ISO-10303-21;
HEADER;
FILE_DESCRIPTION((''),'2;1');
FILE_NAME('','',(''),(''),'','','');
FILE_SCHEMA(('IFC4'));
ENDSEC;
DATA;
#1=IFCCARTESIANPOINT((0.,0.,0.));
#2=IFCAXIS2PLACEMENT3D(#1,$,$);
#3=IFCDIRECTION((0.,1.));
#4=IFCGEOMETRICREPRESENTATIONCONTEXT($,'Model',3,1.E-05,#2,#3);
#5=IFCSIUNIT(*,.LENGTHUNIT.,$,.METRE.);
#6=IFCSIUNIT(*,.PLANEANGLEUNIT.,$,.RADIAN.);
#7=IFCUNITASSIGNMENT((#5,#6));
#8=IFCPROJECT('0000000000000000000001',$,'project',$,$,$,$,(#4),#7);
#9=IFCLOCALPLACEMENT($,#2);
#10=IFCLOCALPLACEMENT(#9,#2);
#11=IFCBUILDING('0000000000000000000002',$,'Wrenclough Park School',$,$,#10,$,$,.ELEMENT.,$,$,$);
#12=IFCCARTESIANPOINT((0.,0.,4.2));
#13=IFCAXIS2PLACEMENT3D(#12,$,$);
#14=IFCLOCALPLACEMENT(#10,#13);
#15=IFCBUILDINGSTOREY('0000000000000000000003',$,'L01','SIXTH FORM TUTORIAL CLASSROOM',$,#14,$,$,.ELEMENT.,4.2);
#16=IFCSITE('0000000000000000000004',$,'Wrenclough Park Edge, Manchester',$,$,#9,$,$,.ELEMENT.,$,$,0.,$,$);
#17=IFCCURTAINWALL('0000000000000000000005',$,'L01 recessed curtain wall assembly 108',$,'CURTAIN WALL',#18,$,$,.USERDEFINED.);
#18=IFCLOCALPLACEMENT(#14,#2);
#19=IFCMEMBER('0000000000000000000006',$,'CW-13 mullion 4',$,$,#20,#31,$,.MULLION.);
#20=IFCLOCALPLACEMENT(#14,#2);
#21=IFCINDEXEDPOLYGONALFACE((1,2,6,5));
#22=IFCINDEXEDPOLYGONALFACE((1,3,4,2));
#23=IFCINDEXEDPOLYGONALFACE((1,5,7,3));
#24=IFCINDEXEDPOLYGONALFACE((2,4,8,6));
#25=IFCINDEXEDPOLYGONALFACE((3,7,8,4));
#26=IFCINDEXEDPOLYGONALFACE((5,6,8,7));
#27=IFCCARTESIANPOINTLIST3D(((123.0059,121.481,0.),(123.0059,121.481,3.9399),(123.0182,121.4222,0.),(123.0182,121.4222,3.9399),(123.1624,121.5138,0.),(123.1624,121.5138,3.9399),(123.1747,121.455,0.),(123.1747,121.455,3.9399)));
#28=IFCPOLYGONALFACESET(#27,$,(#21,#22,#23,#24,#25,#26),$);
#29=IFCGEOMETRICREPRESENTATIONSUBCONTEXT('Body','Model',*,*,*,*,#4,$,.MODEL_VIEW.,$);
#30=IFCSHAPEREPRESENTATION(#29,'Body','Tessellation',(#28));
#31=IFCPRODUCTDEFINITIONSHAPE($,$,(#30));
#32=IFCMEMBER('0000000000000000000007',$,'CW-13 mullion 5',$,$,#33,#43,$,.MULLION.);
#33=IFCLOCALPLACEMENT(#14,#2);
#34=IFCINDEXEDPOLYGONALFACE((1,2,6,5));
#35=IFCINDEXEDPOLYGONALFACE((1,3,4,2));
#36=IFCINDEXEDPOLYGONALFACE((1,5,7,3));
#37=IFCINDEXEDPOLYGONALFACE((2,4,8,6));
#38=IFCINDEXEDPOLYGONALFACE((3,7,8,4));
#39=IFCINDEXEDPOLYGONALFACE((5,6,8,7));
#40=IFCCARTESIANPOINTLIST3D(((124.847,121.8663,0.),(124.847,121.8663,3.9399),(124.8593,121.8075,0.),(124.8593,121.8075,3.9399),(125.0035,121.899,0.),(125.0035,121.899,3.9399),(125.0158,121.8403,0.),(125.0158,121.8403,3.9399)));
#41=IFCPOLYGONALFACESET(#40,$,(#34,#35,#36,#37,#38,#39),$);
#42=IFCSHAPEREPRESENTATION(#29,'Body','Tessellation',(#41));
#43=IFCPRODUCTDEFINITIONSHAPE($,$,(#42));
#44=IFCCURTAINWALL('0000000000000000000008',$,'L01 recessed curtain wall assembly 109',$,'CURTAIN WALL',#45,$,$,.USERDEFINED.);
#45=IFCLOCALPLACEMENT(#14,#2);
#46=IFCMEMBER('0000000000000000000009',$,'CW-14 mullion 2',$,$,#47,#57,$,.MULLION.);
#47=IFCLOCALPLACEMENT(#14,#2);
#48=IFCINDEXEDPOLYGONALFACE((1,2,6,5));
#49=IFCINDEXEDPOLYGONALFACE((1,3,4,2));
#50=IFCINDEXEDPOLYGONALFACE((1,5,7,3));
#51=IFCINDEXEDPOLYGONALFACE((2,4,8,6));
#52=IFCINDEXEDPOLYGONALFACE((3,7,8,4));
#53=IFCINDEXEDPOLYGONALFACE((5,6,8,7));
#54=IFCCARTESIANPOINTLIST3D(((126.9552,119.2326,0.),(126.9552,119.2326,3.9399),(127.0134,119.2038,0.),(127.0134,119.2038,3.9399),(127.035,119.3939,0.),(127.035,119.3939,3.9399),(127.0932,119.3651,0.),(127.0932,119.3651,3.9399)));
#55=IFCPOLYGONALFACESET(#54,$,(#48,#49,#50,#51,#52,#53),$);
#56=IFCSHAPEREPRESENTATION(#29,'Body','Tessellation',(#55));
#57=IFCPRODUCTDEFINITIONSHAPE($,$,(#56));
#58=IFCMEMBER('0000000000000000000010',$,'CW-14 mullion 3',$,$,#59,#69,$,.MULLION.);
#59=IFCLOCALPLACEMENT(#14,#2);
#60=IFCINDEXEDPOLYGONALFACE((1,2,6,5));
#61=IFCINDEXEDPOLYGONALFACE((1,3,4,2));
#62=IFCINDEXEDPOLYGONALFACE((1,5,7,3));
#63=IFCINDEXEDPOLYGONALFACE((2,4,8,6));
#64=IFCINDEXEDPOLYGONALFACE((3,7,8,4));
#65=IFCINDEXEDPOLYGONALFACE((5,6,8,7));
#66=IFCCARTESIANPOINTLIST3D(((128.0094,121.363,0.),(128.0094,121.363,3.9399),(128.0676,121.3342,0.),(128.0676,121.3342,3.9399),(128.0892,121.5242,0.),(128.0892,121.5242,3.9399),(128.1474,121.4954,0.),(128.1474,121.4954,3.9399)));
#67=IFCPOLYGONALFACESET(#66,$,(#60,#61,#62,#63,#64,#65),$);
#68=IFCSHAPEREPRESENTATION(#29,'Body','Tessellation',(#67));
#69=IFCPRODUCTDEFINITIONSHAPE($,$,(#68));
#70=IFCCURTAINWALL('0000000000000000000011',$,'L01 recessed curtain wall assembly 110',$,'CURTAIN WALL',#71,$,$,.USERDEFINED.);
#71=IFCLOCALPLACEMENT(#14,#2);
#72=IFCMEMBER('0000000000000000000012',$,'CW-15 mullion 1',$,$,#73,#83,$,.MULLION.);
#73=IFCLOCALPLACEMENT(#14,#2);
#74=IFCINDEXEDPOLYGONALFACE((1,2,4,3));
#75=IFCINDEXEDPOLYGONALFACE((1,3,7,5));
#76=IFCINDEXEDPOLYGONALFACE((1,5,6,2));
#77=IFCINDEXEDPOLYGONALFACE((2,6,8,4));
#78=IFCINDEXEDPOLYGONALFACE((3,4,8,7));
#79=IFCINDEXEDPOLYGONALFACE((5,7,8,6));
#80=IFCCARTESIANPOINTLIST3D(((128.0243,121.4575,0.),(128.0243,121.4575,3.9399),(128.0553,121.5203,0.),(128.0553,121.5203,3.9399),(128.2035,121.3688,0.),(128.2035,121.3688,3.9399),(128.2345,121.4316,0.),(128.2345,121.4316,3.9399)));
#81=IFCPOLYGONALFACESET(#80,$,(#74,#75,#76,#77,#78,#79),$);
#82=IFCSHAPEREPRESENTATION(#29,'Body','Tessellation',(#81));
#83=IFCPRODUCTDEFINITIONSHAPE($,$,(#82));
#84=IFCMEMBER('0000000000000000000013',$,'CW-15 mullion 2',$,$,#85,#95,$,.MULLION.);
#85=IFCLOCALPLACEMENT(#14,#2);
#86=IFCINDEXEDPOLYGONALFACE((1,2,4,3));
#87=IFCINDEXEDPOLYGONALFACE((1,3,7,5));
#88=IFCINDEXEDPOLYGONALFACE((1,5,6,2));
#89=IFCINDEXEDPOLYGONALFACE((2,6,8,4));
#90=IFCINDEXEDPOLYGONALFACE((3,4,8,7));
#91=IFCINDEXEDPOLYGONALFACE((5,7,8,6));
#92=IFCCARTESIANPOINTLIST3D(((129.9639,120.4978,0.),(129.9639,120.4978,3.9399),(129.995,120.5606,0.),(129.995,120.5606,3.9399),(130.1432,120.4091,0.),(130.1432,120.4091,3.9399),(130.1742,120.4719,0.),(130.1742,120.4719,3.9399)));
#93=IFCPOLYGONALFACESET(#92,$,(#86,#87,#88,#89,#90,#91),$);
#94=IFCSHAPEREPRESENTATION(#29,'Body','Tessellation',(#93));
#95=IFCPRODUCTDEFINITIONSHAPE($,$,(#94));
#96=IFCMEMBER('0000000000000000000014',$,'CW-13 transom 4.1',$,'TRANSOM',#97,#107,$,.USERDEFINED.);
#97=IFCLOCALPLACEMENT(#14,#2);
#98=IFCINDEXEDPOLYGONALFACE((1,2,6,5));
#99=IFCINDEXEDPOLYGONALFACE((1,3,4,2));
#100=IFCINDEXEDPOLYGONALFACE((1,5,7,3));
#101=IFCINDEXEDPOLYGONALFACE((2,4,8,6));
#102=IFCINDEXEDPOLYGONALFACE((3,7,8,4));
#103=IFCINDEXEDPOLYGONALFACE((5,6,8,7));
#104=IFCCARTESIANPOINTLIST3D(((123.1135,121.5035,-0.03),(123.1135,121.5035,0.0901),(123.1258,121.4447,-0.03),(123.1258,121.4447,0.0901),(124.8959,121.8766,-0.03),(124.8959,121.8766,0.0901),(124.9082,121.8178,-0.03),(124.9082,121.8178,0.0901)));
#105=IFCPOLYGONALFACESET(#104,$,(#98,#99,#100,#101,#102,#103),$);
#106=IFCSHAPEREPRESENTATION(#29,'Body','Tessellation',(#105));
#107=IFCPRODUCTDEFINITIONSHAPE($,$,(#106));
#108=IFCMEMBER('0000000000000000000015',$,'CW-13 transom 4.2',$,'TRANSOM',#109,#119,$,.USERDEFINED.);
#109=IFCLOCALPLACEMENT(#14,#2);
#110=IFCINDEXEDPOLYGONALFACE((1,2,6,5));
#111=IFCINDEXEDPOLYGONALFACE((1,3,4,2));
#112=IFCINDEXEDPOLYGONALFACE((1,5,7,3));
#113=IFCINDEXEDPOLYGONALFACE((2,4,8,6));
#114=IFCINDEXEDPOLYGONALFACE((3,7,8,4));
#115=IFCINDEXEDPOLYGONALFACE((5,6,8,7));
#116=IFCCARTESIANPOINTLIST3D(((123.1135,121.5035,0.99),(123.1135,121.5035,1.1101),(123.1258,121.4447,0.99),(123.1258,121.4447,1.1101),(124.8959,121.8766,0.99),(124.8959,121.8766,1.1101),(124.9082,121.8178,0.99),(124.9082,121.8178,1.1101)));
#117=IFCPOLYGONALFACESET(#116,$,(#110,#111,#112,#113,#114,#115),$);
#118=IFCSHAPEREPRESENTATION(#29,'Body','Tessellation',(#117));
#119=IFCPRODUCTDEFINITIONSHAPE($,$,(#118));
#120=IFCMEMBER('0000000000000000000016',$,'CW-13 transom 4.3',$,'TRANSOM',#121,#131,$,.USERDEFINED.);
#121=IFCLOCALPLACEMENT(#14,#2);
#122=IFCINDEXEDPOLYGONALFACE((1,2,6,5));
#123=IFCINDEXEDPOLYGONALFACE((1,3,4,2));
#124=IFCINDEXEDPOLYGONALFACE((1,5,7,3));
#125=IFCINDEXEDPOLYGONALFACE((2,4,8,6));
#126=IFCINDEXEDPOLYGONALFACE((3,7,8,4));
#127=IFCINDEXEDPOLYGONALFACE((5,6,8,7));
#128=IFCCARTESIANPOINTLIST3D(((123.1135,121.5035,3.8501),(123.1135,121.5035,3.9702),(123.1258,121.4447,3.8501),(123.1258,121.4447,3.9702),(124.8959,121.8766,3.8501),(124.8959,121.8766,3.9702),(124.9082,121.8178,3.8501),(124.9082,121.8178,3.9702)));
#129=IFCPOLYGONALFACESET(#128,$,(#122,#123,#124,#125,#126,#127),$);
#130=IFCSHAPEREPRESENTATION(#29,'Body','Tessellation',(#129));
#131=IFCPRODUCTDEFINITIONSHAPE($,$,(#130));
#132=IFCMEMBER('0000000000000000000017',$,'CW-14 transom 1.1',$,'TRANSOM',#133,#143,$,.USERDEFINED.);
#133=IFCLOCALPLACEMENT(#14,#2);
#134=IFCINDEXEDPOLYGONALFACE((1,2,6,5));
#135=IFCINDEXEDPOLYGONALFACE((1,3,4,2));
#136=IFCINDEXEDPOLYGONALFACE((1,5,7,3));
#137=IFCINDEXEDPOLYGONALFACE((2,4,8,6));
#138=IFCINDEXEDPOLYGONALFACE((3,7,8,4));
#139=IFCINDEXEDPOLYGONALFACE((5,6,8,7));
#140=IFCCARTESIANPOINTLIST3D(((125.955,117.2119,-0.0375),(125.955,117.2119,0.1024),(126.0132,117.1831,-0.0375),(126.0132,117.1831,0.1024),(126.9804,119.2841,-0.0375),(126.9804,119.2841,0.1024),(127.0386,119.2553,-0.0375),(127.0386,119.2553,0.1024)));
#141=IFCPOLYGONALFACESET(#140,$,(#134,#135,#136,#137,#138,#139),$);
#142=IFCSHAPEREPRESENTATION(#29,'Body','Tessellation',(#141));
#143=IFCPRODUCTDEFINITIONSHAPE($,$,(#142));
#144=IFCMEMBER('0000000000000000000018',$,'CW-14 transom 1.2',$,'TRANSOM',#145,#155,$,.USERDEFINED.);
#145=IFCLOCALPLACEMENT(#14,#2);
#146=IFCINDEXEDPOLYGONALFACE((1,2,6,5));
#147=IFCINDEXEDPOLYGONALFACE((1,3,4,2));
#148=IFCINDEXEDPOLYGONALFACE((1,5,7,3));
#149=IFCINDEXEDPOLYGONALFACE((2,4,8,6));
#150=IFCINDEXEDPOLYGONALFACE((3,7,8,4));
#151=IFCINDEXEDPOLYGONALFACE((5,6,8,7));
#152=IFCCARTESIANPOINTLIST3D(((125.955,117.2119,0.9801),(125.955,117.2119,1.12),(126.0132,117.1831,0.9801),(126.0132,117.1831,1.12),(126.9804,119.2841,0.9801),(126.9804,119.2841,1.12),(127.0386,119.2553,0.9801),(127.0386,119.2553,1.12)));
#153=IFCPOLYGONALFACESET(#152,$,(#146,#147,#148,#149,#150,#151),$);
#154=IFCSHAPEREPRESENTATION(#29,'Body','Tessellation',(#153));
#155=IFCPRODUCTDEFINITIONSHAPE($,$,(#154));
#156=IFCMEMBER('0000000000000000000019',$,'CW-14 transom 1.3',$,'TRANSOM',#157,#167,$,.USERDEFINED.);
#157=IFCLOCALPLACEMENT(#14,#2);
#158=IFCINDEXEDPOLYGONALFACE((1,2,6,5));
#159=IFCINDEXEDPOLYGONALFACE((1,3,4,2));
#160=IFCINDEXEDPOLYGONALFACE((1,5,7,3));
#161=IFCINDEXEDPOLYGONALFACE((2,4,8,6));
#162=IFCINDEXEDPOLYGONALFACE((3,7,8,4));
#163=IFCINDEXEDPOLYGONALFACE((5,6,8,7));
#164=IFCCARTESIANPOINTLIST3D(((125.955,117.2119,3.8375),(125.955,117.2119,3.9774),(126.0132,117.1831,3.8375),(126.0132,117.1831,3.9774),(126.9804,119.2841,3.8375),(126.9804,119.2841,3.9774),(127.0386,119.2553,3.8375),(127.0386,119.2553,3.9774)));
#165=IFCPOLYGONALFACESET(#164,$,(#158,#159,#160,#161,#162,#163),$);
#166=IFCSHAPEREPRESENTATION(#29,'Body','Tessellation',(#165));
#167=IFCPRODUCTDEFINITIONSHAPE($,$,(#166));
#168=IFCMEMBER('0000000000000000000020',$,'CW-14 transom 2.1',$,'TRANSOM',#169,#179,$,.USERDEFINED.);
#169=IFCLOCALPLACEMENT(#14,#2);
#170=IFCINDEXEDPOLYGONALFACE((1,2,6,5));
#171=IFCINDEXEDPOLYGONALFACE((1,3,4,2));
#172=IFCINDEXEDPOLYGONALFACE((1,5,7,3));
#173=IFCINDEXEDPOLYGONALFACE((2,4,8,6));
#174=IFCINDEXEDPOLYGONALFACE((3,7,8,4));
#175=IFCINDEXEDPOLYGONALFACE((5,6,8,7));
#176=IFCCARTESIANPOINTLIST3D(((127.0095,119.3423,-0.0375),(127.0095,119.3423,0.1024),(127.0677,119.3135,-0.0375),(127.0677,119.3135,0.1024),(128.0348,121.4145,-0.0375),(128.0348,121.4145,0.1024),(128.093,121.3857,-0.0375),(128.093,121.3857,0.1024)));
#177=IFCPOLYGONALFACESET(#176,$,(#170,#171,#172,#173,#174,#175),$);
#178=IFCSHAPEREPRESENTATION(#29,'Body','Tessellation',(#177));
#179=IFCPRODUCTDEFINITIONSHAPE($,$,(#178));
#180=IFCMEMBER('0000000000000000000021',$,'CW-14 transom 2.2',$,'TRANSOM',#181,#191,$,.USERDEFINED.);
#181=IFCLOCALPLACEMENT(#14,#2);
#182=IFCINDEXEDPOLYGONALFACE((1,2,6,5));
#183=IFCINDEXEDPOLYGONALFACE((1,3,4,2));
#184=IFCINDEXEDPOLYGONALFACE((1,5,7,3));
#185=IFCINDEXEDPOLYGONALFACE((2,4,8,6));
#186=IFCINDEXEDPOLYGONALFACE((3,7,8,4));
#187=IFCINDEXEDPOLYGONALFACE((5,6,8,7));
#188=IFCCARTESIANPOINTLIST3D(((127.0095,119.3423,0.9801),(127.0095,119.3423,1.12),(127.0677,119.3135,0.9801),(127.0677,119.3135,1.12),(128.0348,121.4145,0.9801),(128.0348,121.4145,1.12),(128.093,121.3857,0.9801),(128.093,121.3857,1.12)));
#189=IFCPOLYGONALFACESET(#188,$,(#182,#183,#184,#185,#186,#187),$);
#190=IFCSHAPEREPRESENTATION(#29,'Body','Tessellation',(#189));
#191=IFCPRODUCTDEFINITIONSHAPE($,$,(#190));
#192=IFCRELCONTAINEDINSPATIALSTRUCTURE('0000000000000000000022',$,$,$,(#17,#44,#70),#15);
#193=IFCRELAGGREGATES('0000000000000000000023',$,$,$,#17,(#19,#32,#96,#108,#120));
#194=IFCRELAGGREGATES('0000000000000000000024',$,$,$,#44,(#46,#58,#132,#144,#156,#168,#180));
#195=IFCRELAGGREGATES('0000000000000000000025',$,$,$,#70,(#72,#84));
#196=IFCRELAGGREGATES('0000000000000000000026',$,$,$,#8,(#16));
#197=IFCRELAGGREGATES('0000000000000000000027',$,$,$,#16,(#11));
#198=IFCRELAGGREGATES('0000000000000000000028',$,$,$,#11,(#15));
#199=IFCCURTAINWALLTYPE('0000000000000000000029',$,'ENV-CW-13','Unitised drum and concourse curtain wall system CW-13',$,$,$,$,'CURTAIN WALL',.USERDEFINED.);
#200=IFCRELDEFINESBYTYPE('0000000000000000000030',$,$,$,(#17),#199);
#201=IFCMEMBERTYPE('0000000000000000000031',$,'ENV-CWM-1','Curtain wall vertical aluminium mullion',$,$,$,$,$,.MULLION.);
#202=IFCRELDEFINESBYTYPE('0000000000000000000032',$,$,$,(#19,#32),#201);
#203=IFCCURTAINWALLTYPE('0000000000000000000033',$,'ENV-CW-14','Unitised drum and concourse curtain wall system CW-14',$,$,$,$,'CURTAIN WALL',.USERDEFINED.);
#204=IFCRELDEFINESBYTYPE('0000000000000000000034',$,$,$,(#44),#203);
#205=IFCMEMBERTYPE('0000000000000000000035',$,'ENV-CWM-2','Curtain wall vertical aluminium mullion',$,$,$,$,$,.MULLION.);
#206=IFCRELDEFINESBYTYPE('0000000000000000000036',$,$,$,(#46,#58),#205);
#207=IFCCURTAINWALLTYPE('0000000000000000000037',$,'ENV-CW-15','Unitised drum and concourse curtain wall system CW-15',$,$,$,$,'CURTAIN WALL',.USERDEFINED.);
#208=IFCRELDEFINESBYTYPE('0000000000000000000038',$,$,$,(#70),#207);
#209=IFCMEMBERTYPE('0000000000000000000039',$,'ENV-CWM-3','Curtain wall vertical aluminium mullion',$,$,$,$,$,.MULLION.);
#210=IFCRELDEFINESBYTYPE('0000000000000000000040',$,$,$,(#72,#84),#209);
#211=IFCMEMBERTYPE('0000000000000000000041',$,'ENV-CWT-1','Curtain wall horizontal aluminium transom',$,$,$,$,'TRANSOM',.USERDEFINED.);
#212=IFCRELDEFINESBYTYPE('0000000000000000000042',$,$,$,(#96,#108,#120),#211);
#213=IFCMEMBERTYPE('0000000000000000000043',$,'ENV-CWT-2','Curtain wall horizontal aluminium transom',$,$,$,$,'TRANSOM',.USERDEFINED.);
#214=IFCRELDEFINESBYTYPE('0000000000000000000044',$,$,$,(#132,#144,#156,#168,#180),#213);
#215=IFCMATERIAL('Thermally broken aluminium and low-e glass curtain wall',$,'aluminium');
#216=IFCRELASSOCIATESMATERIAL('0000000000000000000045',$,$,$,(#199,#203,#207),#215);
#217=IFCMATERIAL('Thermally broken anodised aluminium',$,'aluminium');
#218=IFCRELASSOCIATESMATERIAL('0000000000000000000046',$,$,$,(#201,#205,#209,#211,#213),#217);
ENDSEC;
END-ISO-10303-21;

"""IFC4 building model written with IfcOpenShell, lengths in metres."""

from ifc_helpers import new_model, si_unit, direction, frame, origin, origin_2d, place, context, subcontext, project, spatial, rectangle, extrude, material, material_profile, profile_set, type_object, element, aggregate, save


model = new_model("IFC4")

# Units and contexts
model_context = context("Model", 3, precision=1e-05, world=origin(), true_north=direction((0.0, 1.0)))
body_context = subcontext(model_context, "Body", "Model", "MODEL_VIEW")
ifc_project = project(units=[si_unit("LENGTHUNIT", "METRE"), si_unit("PLANEANGLEUNIT", "RADIAN")], contexts=[model_context])

# Site, building, storey
site_placement = place(None, origin())
site = spatial("IfcSite", under=ifc_project, at=site_placement, Name="Wrenclough Park Edge, Manchester", CompositionType="ELEMENT", RefElevation=0.0)
building_placement = place(site_placement, origin())
building = spatial("IfcBuilding", under=site, at=building_placement, Name="Wrenclough Park School", CompositionType="ELEMENT")
storey_placement = place(building_placement, frame((0.0, 0.0, 4.2)))
storey = spatial("IfcBuildingStorey", under=building, at=storey_placement, Name="L01", Description="SIXTH FORM TUTORIAL CLASSROOM", CompositionType="ELEMENT", Elevation=4.2)

# Curtain walls, members
ifc_material_1 = material(Name="Thermally broken aluminium and low-e glass curtain wall", Category="aluminium")
curtain_wall_type_1 = type_object("IfcCurtainWallType", Name="ENV-CW-13", Description="Unitised drum and concourse curtain wall system CW-13", ElementType="CURTAIN WALL", PredefinedType="USERDEFINED", material=ifc_material_1)
curtain_wall_1_placement = place(storey_placement, origin())
curtain_wall_1 = element("IfcCurtainWall", 1, at=curtain_wall_1_placement, inside=storey, type_object=curtain_wall_type_1, Name="L01 recessed curtain wall assembly 108", ObjectType="CURTAIN WALL", PredefinedType="USERDEFINED")
ifc_material_2 = material(Name="Thermally broken anodised aluminium", Category="aluminium")
ifc_material_profile_1 = material_profile(ifc_material_2, rectangle(XDim=0.0601, YDim=0.1599, at=origin_2d()), Name="AL MULLION 60x160")
ifc_profile_set_1 = profile_set([ifc_material_profile_1], Name="Thermally broken anodised aluminium")
member_type_1 = type_object("IfcMemberType", Name="ENV-CWM-1", Description="Curtain wall vertical aluminium mullion", PredefinedType="MULLION", material=ifc_profile_set_1)
member_1_placement = place(storey_placement, frame((123.0903, 121.468, 0.0), z_axis=(0.0, 0.0, 1.0), x_axis=(-0.204871, 0.978789, 0.0)))
member_1 = element("IfcMember", 2, at=member_1_placement, type_object=member_type_1, Name="CW-13 mullion 4", PredefinedType="MULLION", context=body_context, shape_type="SweptSolid", body=[
    extrude(rectangle(XDim=0.0601, YDim=0.1599, at=origin_2d()), origin(), (0.0, 0.0, 1.0), 3.9399),
])
member_2_placement = place(storey_placement, frame((124.9314, 121.8533, 0.0), z_axis=(0.0, 0.0, 1.0), x_axis=(-0.204871, 0.978789, 0.0)))
member_2 = element("IfcMember", 3, at=member_2_placement, type_object=member_type_1, Name="CW-13 mullion 5", PredefinedType="MULLION", context=body_context, shape_type="SweptSolid", body=[
    extrude(rectangle(XDim=0.0601, YDim=0.1599, at=origin_2d()), origin(), (0.0, 0.0, 1.0), 3.9399),
])
curtain_wall_type_2 = type_object("IfcCurtainWallType", Name="ENV-CW-14", Description="Unitised drum and concourse curtain wall system CW-14", ElementType="CURTAIN WALL", PredefinedType="USERDEFINED", material=ifc_material_1)
curtain_wall_2_placement = place(storey_placement, origin())
curtain_wall_2 = element("IfcCurtainWall", 4, at=curtain_wall_2_placement, inside=storey, type_object=curtain_wall_type_2, Name="L01 recessed curtain wall assembly 109", ObjectType="CURTAIN WALL", PredefinedType="USERDEFINED")
ifc_material_profile_2 = material_profile(ifc_material_2, rectangle(XDim=0.0649, YDim=0.1799, at=origin_2d()), Name="AL MULLION 65x180")
ifc_profile_set_2 = profile_set([ifc_material_profile_2], Name="Thermally broken anodised aluminium")
member_type_2 = type_object("IfcMemberType", Name="ENV-CWM-2", Description="Curtain wall vertical aluminium mullion", PredefinedType="MULLION", material=ifc_profile_set_2)
member_3_placement = place(storey_placement, frame((127.0242, 119.2988, 0.0), z_axis=(0.0, 0.0, 1.0), x_axis=(-0.896271, 0.443508, 0.0)))
member_3 = element("IfcMember", 5, at=member_3_placement, type_object=member_type_2, Name="CW-14 mullion 2", PredefinedType="MULLION", context=body_context, shape_type="SweptSolid", body=[
    extrude(rectangle(XDim=0.0649, YDim=0.1799, at=origin_2d()), origin(), (0.0, 0.0, 1.0), 3.9399),
])
member_4_placement = place(storey_placement, frame((128.0784, 121.4292, 0.0), z_axis=(0.0, 0.0, 1.0), x_axis=(-0.896271, 0.443508, 0.0)))
member_4 = element("IfcMember", 6, at=member_4_placement, type_object=member_type_2, Name="CW-14 mullion 3", PredefinedType="MULLION", context=body_context, shape_type="SweptSolid", body=[
    extrude(rectangle(XDim=0.0649, YDim=0.1799, at=origin_2d()), origin(), (0.0, 0.0, 1.0), 3.9399),
])
curtain_wall_type_3 = type_object("IfcCurtainWallType", Name="ENV-CW-15", Description="Unitised drum and concourse curtain wall system CW-15", ElementType="CURTAIN WALL", PredefinedType="USERDEFINED", material=ifc_material_1)
curtain_wall_3_placement = place(storey_placement, origin())
curtain_wall_3 = element("IfcCurtainWall", 7, at=curtain_wall_3_placement, inside=storey, type_object=curtain_wall_type_3, Name="L01 recessed curtain wall assembly 110", ObjectType="CURTAIN WALL", PredefinedType="USERDEFINED")
ifc_material_profile_3 = material_profile(ifc_material_2, rectangle(XDim=0.0701, YDim=0.2, at=origin_2d()), Name="AL MULLION 70x200")
ifc_profile_set_3 = profile_set([ifc_material_profile_3], Name="Thermally broken anodised aluminium")
member_type_3 = type_object("IfcMemberType", Name="ENV-CWM-3", Description="Curtain wall vertical aluminium mullion", PredefinedType="MULLION", material=ifc_profile_set_3)
member_5_placement = place(storey_placement, frame((128.1294, 121.4446, 0.0), z_axis=(0.0, 0.0, 1.0), x_axis=(0.443511, 0.896269, 0.0)))
member_5 = element("IfcMember", 8, at=member_5_placement, type_object=member_type_3, Name="CW-15 mullion 1", PredefinedType="MULLION", context=body_context, shape_type="SweptSolid", body=[
    extrude(rectangle(XDim=0.0701, YDim=0.2, at=origin_2d()), origin(), (0.0, 0.0, 1.0), 3.9399),
])
member_6_placement = place(storey_placement, frame((130.0691, 120.4849, 0.0), z_axis=(0.0, 0.0, 1.0), x_axis=(0.443511, 0.896269, 0.0)))
member_6 = element("IfcMember", 9, at=member_6_placement, type_object=member_type_3, Name="CW-15 mullion 2", PredefinedType="MULLION", context=body_context, shape_type="SweptSolid", body=[
    extrude(rectangle(XDim=0.0701, YDim=0.2, at=origin_2d()), origin(), (0.0, 0.0, 1.0), 3.9399),
])

# Members
ifc_material_profile_4 = material_profile(ifc_material_2, rectangle(XDim=0.0601, YDim=0.1201, at=origin_2d()), Name="AL TRANSOM 60x120")
ifc_profile_set_4 = profile_set([ifc_material_profile_4], Name="Thermally broken anodised aluminium")
member_type_4 = type_object("IfcMemberType", Name="ENV-CWT-1", Description="Curtain wall horizontal aluminium transom", ElementType="TRANSOM", PredefinedType="USERDEFINED", material=ifc_profile_set_4)
member_7_placement = place(storey_placement, frame((123.1196, 121.4741, 0.03), z_axis=(0.978794, 0.204848, 0.0), x_axis=(-0.204848, 0.978794, 0.0)))
member_7 = element("IfcMember", 10, at=member_7_placement, type_object=member_type_4, Name="CW-13 transom 4.1", ObjectType="TRANSOM", PredefinedType="USERDEFINED", context=body_context, shape_type="SweptSolid", body=[
    extrude(rectangle(XDim=0.0601, YDim=0.1201, at=origin_2d()), origin(), (0.0, 0.0, 1.0), 1.821),
])
member_8_placement = place(storey_placement, frame((123.1196, 121.4741, 1.05), z_axis=(0.978794, 0.204848, 0.0), x_axis=(-0.204848, 0.978794, 0.0)))
member_8 = element("IfcMember", 11, at=member_8_placement, type_object=member_type_4, Name="CW-13 transom 4.2", ObjectType="TRANSOM", PredefinedType="USERDEFINED", context=body_context, shape_type="SweptSolid", body=[
    extrude(rectangle(XDim=0.0601, YDim=0.1201, at=origin_2d()), origin(), (0.0, 0.0, 1.0), 1.821),
])
member_9_placement = place(storey_placement, frame((123.1196, 121.4741, 3.9102), z_axis=(0.978794, 0.204848, 0.0), x_axis=(-0.204848, 0.978794, 0.0)))
member_9 = element("IfcMember", 12, at=member_9_placement, type_object=member_type_4, Name="CW-13 transom 4.3", ObjectType="TRANSOM", PredefinedType="USERDEFINED", context=body_context, shape_type="SweptSolid", body=[
    extrude(rectangle(XDim=0.0601, YDim=0.1201, at=origin_2d()), origin(), (0.0, 0.0, 1.0), 1.821),
])
ifc_material_profile_5 = material_profile(ifc_material_2, rectangle(XDim=0.0649, YDim=0.1399, at=origin_2d()), Name="AL TRANSOM 65x140")
ifc_profile_set_5 = profile_set([ifc_material_profile_5], Name="Thermally broken anodised aluminium")
member_type_5 = type_object("IfcMemberType", Name="ENV-CWT-2", Description="Curtain wall horizontal aluminium transom", ElementType="TRANSOM", PredefinedType="USERDEFINED", material=ifc_profile_set_5)
member_10_placement = place(storey_placement, frame((125.9841, 117.1975, 0.0325), z_axis=(0.443493, 0.896278, 0.0), x_axis=(-0.896278, 0.443493, 0.0)))
member_10 = element("IfcMember", 13, at=member_10_placement, type_object=member_type_5, Name="CW-14 transom 1.1", ObjectType="TRANSOM", PredefinedType="USERDEFINED", context=body_context, shape_type="SweptSolid", body=[
    extrude(rectangle(XDim=0.0649, YDim=0.1399, at=origin_2d()), origin(), (0.0, 0.0, 1.0), 2.312),
])
member_11_placement = place(storey_placement, frame((125.9841, 117.1975, 1.05), z_axis=(0.443493, 0.896278, 0.0), x_axis=(-0.896278, 0.443493, 0.0)))
member_11 = element("IfcMember", 14, at=member_11_placement, type_object=member_type_5, Name="CW-14 transom 1.2", ObjectType="TRANSOM", PredefinedType="USERDEFINED", context=body_context, shape_type="SweptSolid", body=[
    extrude(rectangle(XDim=0.0649, YDim=0.1399, at=origin_2d()), origin(), (0.0, 0.0, 1.0), 2.312),
])
member_12_placement = place(storey_placement, frame((125.9841, 117.1975, 3.9075), z_axis=(0.443493, 0.896278, 0.0), x_axis=(-0.896278, 0.443493, 0.0)))
member_12 = element("IfcMember", 15, at=member_12_placement, type_object=member_type_5, Name="CW-14 transom 1.3", ObjectType="TRANSOM", PredefinedType="USERDEFINED", context=body_context, shape_type="SweptSolid", body=[
    extrude(rectangle(XDim=0.0649, YDim=0.1399, at=origin_2d()), origin(), (0.0, 0.0, 1.0), 2.312),
])
member_13_placement = place(storey_placement, frame((127.0386, 119.3279, 0.0325), z_axis=(0.443493, 0.896278, 0.0), x_axis=(-0.896278, 0.443493, 0.0)))
member_13 = element("IfcMember", 16, at=member_13_placement, type_object=member_type_5, Name="CW-14 transom 2.1", ObjectType="TRANSOM", PredefinedType="USERDEFINED", context=body_context, shape_type="SweptSolid", body=[
    extrude(rectangle(XDim=0.0649, YDim=0.1399, at=origin_2d()), origin(), (0.0, 0.0, 1.0), 2.312),
])
member_14_placement = place(storey_placement, frame((127.0386, 119.3279, 1.05), z_axis=(0.443493, 0.896278, 0.0), x_axis=(-0.896278, 0.443493, 0.0)))
member_14 = element("IfcMember", 17, at=member_14_placement, type_object=member_type_5, Name="CW-14 transom 2.2", ObjectType="TRANSOM", PredefinedType="USERDEFINED", context=body_context, shape_type="SweptSolid", body=[
    extrude(rectangle(XDim=0.0649, YDim=0.1399, at=origin_2d()), origin(), (0.0, 0.0, 1.0), 2.312),
])

aggregate(curtain_wall_1, [member_1, member_2, member_7, member_8, member_9])
aggregate(curtain_wall_2, [member_3, member_4, member_10, member_11, member_12, member_13, member_14])
aggregate(curtain_wall_3, [member_5, member_6])

save(model, "model.ifc")
